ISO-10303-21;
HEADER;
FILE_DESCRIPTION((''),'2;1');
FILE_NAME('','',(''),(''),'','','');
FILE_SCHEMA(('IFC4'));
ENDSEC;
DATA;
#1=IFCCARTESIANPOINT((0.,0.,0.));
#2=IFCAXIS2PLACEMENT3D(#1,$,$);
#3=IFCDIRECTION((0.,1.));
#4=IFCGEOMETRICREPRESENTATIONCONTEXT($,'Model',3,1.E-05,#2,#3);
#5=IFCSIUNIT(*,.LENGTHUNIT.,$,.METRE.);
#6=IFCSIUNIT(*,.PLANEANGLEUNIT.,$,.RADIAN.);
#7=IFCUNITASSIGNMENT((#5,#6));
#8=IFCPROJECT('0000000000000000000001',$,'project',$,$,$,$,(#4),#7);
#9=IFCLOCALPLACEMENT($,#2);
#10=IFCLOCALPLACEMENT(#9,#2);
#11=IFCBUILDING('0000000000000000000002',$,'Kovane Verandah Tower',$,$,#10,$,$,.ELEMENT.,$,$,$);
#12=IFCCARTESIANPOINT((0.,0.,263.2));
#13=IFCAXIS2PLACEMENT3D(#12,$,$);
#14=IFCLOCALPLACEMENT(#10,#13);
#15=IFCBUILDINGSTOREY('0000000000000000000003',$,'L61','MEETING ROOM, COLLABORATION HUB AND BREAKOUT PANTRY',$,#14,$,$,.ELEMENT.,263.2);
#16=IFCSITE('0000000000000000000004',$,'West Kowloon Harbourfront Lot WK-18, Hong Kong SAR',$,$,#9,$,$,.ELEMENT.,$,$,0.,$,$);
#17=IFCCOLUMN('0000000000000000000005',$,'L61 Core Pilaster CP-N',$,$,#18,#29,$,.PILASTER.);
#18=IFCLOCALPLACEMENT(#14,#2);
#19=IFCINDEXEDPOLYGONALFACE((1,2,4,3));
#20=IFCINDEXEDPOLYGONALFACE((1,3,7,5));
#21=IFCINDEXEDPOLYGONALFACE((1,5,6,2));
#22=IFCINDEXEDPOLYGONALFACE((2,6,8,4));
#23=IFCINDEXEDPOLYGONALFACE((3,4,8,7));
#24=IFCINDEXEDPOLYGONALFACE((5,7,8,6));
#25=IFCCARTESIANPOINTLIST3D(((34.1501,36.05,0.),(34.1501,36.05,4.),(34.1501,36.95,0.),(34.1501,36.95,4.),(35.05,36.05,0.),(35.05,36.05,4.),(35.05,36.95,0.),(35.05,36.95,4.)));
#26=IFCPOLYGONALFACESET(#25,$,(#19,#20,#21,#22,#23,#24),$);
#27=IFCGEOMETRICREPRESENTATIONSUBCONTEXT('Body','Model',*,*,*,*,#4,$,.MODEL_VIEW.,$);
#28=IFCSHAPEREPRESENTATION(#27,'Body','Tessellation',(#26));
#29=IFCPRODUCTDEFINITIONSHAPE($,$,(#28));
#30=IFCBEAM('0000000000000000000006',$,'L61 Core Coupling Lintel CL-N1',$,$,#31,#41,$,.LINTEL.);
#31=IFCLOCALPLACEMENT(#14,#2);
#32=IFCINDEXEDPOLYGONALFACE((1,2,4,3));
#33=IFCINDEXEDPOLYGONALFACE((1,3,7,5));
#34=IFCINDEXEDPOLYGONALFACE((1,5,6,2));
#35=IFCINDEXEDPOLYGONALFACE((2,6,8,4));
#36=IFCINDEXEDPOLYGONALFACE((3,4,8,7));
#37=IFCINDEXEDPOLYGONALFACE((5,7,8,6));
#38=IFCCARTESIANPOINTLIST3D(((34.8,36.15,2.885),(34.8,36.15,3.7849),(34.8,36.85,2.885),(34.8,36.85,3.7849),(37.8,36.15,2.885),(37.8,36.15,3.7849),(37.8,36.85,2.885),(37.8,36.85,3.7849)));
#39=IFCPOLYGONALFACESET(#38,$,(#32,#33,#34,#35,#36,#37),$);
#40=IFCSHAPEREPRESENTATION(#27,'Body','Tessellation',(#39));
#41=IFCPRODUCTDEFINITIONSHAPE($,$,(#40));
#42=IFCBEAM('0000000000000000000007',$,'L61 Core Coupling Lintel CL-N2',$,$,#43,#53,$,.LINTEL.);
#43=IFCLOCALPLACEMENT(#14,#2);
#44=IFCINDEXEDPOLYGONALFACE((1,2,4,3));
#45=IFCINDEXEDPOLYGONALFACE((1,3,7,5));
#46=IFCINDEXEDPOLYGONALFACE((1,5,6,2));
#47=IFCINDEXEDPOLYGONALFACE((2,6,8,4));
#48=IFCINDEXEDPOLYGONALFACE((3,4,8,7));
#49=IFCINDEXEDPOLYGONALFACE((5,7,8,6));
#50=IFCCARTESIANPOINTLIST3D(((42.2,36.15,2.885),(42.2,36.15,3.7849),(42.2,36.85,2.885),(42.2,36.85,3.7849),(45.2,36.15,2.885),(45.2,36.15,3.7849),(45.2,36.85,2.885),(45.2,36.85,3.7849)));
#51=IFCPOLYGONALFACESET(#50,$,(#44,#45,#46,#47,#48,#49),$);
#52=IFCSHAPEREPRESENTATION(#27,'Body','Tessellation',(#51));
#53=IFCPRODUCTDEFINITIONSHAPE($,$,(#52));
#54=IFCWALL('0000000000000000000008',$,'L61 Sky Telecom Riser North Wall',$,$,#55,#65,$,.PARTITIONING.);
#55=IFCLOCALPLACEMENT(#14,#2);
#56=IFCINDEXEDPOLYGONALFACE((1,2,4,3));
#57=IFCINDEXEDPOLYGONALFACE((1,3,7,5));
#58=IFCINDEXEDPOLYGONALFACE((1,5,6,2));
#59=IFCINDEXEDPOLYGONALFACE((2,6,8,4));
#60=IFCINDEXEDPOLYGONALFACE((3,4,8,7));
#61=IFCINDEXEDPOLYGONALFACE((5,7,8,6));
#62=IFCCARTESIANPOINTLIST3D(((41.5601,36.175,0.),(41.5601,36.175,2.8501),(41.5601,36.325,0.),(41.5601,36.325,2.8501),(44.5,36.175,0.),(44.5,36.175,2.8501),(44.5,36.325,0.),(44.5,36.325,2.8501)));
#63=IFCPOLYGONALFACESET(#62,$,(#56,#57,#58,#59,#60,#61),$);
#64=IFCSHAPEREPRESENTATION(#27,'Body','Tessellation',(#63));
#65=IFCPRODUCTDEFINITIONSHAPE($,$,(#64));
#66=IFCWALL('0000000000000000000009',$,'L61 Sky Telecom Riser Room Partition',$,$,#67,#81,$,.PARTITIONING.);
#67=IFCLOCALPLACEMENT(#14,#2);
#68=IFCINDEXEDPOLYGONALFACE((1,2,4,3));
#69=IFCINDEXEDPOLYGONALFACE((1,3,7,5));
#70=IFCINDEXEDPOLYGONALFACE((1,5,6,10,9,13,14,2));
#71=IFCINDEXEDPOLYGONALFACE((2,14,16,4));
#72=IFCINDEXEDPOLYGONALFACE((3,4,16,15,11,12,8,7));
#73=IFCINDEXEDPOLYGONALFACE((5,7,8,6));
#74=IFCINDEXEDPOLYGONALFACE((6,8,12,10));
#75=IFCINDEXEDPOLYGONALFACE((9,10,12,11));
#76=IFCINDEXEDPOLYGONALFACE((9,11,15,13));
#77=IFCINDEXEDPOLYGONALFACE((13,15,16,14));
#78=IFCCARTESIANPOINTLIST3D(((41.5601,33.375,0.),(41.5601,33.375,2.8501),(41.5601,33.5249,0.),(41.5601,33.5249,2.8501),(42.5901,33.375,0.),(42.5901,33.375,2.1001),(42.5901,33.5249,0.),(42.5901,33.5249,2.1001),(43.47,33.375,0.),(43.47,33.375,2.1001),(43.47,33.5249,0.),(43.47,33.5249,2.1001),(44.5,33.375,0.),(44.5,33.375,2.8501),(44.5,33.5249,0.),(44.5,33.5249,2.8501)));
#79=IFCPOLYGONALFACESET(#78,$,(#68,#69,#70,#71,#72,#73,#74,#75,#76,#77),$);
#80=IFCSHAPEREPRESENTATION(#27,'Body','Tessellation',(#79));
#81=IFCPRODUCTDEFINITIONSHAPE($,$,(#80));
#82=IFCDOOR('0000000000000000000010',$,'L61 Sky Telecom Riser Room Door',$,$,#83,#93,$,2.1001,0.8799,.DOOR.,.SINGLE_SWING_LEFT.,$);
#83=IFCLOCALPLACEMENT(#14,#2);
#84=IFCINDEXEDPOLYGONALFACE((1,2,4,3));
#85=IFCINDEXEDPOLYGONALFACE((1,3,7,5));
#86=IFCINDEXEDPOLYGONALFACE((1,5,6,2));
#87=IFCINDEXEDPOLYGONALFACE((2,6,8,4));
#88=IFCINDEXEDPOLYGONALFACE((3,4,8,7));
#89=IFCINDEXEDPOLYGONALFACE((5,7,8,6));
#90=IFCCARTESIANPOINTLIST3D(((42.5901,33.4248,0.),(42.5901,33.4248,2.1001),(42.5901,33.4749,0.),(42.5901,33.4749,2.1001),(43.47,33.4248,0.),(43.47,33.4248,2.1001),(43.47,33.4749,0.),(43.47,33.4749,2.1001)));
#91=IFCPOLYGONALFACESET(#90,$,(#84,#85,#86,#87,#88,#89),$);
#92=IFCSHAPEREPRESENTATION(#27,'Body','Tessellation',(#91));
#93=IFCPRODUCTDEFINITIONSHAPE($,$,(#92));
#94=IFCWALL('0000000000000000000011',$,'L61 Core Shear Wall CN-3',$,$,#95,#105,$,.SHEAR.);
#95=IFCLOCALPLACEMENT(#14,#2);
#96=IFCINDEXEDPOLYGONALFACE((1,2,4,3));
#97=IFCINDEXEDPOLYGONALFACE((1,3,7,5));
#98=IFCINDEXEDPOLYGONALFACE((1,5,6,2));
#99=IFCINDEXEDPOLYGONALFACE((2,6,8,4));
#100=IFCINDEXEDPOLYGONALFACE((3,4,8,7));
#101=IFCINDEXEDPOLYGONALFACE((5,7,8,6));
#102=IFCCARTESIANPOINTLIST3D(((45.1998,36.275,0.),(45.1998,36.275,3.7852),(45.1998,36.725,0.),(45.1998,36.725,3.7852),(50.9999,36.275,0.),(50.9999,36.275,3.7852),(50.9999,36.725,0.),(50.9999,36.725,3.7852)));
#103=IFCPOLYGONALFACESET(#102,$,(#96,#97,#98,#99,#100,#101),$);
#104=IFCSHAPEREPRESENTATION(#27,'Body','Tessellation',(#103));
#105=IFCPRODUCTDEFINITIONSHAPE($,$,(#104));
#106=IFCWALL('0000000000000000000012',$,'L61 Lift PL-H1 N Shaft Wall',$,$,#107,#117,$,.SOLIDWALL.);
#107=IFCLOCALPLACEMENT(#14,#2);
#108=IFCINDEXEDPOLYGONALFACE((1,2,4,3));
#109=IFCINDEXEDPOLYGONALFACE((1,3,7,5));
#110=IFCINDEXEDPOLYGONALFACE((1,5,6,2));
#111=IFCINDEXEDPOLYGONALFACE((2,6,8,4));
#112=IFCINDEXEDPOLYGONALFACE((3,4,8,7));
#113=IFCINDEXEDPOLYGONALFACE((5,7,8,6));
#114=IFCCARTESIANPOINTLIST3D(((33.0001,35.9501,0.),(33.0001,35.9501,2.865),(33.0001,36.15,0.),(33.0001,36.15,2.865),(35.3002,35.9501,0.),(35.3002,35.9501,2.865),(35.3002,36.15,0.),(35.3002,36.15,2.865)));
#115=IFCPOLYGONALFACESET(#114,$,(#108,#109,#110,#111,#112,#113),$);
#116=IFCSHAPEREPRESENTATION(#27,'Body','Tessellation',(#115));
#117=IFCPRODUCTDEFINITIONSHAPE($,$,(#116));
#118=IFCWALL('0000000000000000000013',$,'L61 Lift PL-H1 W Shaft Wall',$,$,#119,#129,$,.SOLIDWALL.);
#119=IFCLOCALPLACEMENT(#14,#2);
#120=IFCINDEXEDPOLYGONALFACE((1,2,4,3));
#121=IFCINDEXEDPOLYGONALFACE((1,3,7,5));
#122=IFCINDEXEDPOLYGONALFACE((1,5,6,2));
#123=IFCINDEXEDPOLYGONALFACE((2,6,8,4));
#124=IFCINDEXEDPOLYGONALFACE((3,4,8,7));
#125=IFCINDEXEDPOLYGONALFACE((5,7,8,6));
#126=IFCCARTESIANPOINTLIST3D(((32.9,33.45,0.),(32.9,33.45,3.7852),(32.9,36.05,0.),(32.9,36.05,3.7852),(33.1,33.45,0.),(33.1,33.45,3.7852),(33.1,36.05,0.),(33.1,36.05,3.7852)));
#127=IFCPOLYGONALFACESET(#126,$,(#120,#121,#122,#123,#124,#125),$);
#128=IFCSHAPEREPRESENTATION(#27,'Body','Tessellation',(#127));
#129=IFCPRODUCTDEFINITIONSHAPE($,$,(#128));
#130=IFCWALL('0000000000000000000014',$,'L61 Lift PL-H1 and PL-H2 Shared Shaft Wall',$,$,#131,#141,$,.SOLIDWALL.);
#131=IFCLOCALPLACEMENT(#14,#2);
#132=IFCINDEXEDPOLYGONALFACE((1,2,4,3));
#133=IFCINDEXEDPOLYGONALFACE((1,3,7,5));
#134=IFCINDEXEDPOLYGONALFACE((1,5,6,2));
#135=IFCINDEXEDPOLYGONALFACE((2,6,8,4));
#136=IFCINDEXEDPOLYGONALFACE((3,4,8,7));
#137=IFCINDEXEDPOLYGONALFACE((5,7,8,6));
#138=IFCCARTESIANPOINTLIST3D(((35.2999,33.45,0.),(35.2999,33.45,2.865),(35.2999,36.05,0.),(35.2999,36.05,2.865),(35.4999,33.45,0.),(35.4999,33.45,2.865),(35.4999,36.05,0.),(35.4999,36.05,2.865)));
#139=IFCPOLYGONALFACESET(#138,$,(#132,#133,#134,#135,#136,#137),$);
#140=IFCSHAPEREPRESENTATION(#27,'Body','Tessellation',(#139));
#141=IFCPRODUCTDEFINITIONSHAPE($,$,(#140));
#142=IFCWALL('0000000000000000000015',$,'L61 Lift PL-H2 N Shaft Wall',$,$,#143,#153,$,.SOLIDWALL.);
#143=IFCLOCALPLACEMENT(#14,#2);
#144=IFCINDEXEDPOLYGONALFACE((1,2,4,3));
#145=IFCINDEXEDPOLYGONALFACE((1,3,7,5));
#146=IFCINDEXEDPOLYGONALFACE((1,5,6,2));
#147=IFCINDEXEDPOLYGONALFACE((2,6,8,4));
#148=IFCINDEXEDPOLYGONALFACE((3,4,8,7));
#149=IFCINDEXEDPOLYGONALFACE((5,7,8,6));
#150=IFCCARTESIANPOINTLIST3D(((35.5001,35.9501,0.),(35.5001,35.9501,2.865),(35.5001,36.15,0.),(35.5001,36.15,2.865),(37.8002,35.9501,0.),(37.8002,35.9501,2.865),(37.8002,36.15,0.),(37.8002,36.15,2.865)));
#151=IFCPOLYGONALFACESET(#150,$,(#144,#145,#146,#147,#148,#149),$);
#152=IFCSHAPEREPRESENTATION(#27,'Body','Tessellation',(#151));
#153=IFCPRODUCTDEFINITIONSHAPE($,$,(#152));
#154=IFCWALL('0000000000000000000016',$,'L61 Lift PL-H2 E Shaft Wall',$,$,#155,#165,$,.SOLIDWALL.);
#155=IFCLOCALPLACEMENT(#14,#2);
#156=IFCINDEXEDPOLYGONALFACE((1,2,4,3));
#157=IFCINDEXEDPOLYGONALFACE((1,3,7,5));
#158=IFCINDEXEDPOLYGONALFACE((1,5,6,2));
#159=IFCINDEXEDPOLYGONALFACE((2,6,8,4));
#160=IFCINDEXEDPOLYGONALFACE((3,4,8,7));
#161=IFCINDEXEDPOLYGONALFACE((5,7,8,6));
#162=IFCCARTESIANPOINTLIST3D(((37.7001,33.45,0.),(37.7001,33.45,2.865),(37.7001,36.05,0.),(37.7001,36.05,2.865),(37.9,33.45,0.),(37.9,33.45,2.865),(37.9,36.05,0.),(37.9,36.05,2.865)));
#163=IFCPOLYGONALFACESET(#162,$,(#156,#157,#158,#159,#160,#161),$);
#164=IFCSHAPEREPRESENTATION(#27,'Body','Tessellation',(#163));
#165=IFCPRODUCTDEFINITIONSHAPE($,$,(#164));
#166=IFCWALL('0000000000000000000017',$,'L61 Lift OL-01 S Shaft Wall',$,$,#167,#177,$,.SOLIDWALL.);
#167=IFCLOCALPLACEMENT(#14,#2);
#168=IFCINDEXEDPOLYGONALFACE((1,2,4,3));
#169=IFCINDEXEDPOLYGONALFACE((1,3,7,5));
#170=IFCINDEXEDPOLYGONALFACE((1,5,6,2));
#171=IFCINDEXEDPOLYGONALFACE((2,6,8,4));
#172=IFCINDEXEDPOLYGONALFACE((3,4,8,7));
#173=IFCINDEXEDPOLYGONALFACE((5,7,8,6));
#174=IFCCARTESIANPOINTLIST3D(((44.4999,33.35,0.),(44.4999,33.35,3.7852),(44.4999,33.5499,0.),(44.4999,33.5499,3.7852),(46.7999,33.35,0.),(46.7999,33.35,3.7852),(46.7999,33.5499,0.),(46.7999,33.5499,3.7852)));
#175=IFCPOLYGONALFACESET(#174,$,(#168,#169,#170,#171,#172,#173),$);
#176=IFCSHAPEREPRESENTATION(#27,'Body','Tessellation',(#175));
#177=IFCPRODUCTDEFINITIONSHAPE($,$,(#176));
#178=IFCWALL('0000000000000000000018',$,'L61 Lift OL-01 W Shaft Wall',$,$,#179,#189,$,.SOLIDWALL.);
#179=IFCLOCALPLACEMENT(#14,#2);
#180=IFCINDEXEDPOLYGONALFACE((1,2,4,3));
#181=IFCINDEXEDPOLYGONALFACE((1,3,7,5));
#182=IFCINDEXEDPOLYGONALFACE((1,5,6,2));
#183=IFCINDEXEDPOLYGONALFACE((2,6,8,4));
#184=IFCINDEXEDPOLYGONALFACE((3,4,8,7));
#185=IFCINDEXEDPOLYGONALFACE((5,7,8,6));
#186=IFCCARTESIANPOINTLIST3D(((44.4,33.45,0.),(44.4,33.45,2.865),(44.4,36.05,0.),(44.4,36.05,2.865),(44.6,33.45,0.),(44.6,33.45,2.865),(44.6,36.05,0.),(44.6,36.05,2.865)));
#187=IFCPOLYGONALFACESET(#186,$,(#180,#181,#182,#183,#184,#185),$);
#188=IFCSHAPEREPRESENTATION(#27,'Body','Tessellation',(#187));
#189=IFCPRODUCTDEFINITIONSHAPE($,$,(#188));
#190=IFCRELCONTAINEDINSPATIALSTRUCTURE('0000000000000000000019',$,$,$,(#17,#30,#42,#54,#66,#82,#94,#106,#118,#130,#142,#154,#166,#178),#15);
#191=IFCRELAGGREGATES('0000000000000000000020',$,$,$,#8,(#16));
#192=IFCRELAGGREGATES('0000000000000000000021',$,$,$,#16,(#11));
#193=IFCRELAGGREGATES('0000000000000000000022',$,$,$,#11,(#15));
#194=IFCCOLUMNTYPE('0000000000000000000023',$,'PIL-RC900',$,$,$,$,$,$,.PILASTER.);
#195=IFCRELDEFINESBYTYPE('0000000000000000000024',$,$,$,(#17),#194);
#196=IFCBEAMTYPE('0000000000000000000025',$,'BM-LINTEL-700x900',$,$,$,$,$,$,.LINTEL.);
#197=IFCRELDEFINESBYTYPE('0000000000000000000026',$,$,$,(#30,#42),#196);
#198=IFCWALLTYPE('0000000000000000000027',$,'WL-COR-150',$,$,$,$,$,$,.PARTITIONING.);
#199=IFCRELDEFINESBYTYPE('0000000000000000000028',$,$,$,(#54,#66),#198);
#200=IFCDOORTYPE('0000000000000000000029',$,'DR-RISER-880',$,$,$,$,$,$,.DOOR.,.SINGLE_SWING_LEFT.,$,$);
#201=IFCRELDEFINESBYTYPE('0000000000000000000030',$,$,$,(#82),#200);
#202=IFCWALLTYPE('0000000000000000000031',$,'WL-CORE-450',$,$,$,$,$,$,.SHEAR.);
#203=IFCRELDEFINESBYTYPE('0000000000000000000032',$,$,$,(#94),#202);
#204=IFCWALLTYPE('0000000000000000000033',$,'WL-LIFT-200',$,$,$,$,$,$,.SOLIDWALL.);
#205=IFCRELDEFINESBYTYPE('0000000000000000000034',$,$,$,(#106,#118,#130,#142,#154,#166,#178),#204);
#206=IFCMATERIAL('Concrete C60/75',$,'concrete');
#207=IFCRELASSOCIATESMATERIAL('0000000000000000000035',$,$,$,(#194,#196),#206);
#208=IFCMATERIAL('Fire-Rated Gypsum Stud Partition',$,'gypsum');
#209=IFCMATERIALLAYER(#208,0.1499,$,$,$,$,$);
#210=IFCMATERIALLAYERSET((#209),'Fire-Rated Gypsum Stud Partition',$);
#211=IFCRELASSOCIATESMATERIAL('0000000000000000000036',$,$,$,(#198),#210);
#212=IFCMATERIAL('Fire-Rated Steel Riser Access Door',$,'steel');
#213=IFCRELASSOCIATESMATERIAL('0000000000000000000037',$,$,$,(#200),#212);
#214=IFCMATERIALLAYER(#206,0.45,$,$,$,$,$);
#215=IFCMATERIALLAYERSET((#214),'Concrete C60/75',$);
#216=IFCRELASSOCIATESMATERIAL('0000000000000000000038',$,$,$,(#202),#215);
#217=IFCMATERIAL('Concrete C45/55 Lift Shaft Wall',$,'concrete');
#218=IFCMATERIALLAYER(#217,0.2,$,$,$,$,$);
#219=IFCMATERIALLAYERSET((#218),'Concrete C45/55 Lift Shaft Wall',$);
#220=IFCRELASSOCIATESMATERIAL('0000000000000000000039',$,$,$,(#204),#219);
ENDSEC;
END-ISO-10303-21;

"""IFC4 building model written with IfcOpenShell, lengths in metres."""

from ifc_helpers import new_model, si_unit, direction, frame, frame_2d, origin, origin_2d, place, context, subcontext, project, spatial, rectangle, extrude, material, layer, layer_set, material_profile, profile_set, type_object, element, fill, save


model = new_model("IFC4")

# Units and contexts
model_context = context("Model", 3, precision=1e-05, world=origin(), true_north=direction((0.0, 1.0)))
body_context = subcontext(model_context, "Body", "Model", "MODEL_VIEW")
ifc_project = project(units=[si_unit("LENGTHUNIT", "METRE"), si_unit("PLANEANGLEUNIT", "RADIAN")], contexts=[model_context])

# Site, building, storey
site_placement = place(None, origin())
site = spatial("IfcSite", under=ifc_project, at=site_placement, Name="West Kowloon Harbourfront Lot WK-18, Hong Kong SAR", CompositionType="ELEMENT", RefElevation=0.0)
building_placement = place(site_placement, origin())
building = spatial("IfcBuilding", under=site, at=building_placement, Name="Kovane Verandah Tower", CompositionType="ELEMENT")
storey_placement = place(building_placement, frame((0.0, 0.0, 263.2)))
storey = spatial("IfcBuildingStorey", under=building, at=storey_placement, Name="L61", Description="MEETING ROOM, COLLABORATION HUB AND BREAKOUT PANTRY", CompositionType="ELEMENT", Elevation=263.2)

# Column
ifc_material_1 = material(Name="Concrete C60/75", Category="concrete")
ifc_material_profile_1 = material_profile(ifc_material_1, rectangle(XDim=0.8999, YDim=0.8999, at=origin_2d()), Name="RC900x900")
ifc_profile_set_1 = profile_set([ifc_material_profile_1], Name="Concrete C60/75")
column_type = type_object("IfcColumnType", Name="PIL-RC900", PredefinedType="PILASTER", material=ifc_profile_set_1)
column_placement = place(storey_placement, frame((34.6001, 36.5, 0.0), z_axis=(0.0, 0.0, 1.0), x_axis=(1.0, 0.0, 0.0)))
element("IfcColumn", 1, at=column_placement, inside=storey, type_object=column_type, Name="L61 Core Pilaster CP-N", PredefinedType="PILASTER", context=body_context, shape_type="SweptSolid", body=[
    extrude(rectangle(XDim=0.8999, YDim=0.8999, at=origin_2d()), origin(), (0.0, 0.0, 1.0), 4.0),
])

# Beams
ifc_material_profile_2 = material_profile(ifc_material_1, rectangle(XDim=0.7, YDim=0.8999, at=origin_2d()), Name="RCB700x900")
ifc_profile_set_2 = profile_set([ifc_material_profile_2], Name="Concrete C60/75")
beam_type = type_object("IfcBeamType", Name="BM-LINTEL-700x900", PredefinedType="LINTEL", material=ifc_profile_set_2)
for number, where, z_axis, x_axis, name in (
    (2, (34.8, 36.5, 3.335), (1.0, 0.0, 0.0), (0.0, 1.0, 0.0), "L61 Core Coupling Lintel CL-N1"),
    (3, (42.2, 36.5, 3.335), (1.0, 0.0, 0.0), (0.0, 1.0, 0.0), "L61 Core Coupling Lintel CL-N2"),
):
    element("IfcBeam", number, at=place(storey_placement, frame(where, z_axis=z_axis, x_axis=x_axis)), inside=storey, type_object=beam_type, Name=name, PredefinedType="LINTEL", context=body_context, shape_type="SweptSolid", body=[
        extrude(rectangle(XDim=0.7, YDim=0.8999, at=origin_2d()), origin(), (0.0, 0.0, 1.0), 3.0),
    ])

# Wall
ifc_material_2 = material(Name="Fire-Rated Gypsum Stud Partition", Category="gypsum")
ifc_layer_1 = layer(ifc_material_2, 0.1499)
ifc_layer_set_1 = layer_set([ifc_layer_1], Name="Fire-Rated Gypsum Stud Partition")
wall_type_1 = type_object("IfcWallType", Name="WL-COR-150", PredefinedType="PARTITIONING", material=ifc_layer_set_1)
wall_1_placement = place(storey_placement, frame((41.5601, 36.25, 0.0), z_axis=(0.0, 0.0, 1.0), x_axis=(1.0, 0.0, 0.0)))
element("IfcWall", 4, at=wall_1_placement, inside=storey, type_object=wall_type_1, Name="L61 Sky Telecom Riser North Wall", PredefinedType="PARTITIONING", context=body_context, shape_type="SweptSolid", body=[
    extrude(rectangle(XDim=2.9399, YDim=0.1499, at=frame_2d((1.47, 0.0))), origin(), (0.0, 0.0, 1.0), 2.8501),
])

# Wall, opening, door
wall_2_placement = place(storey_placement, frame((41.5601, 33.45, 0.0), z_axis=(0.0, 0.0, 1.0), x_axis=(1.0, 0.0, 0.0)))
wall_2 = element("IfcWall", 5, at=wall_2_placement, inside=storey, type_object=wall_type_1, Name="L61 Sky Telecom Riser Room Partition", PredefinedType="PARTITIONING", context=body_context, shape_type="SweptSolid", body=[
    extrude(rectangle(XDim=2.9399, YDim=0.1499, at=frame_2d((1.47, 0.0))), origin(), (0.0, 0.0, 1.0), 2.8501),
])
opening_1_placement = place(wall_2_placement, frame((1.03, 0.0, 0.0)))
opening_1 = element("IfcOpeningElement", 6, at=opening_1_placement, cuts=wall_2, PredefinedType="OPENING", context=body_context, shape_type="SweptSolid", body=[
    extrude(rectangle(XDim=0.8799, YDim=2.1001, at=frame_2d((0.4399, 1.05))), frame((0.0, 0.075, 0.0), z_axis=(0.0, -1.0, 0.0), x_axis=(1.0, 0.0, 0.0)), (0.0, 0.0, 1.0), 0.1499),
])
ifc_material_3 = material(Name="Fire-Rated Steel Riser Access Door", Category="steel")
door_type_1 = type_object("IfcDoorType", Name="DR-RISER-880", OperationType="SINGLE_SWING_LEFT", PredefinedType="DOOR", material=ifc_material_3)
door_1_placement = place(opening_1_placement, origin())
door_1 = element("IfcDoor", 7, at=door_1_placement, inside=storey, type_object=door_type_1, Name="L61 Sky Telecom Riser Room Door", OperationType="SINGLE_SWING_LEFT", OverallHeight=2.1001, OverallWidth=0.8799, PredefinedType="DOOR", context=body_context, shape_type="SweptSolid", body=[
    extrude(rectangle(XDim=0.8799, YDim=2.1001, at=frame_2d((0.4399, 1.05))), frame((0.0, 0.0249, 0.0), z_axis=(0.0, -1.0, 0.0), x_axis=(1.0, 0.0, 0.0)), (0.0, 0.0, 1.0), 0.05),
])
fill(opening_1, door_1)
ifc_layer_2 = layer(ifc_material_1, 0.45)
ifc_layer_set_2 = layer_set([ifc_layer_2], Name="Concrete C60/75")
wall_type_2 = type_object("IfcWallType", Name="WL-CORE-450", PredefinedType="SHEAR", material=ifc_layer_set_2)

# Walls
wall_3_placement = place(storey_placement, frame((45.2, 36.5, 0.0), z_axis=(0.0, 0.0, 1.0), x_axis=(1.0, 0.0, 0.0)))
element("IfcWall", 8, at=wall_3_placement, inside=storey, type_object=wall_type_2, Name="L61 Core Shear Wall CN-3", PredefinedType="SHEAR", context=body_context, shape_type="SweptSolid", body=[
    extrude(rectangle(XDim=5.8, YDim=0.45, at=frame_2d((2.8999, 0.0))), origin(), (0.0, 0.0, 1.0), 3.7852),
])
ifc_material_4 = material(Name="Concrete C45/55 Lift Shaft Wall", Category="concrete")
ifc_layer_3 = layer(ifc_material_4, 0.2)
ifc_layer_set_3 = layer_set([ifc_layer_3], Name="Concrete C45/55 Lift Shaft Wall")
wall_type_3 = type_object("IfcWallType", Name="WL-LIFT-200", PredefinedType="SOLIDWALL", material=ifc_layer_set_3)
wall_4_placement = place(storey_placement, frame((35.3, 36.05, 0.0), z_axis=(0.0, 0.0, 1.0), x_axis=(-1.0, 0.0, 0.0)))
element("IfcWall", 9, at=wall_4_placement, inside=storey, type_object=wall_type_3, Name="L61 Lift PL-H1 N Shaft Wall", PredefinedType="SOLIDWALL", context=body_context, shape_type="SweptSolid", body=[
    extrude(rectangle(XDim=2.3, YDim=0.2, at=frame_2d((1.1499, 0.0))), origin(), (0.0, 0.0, 1.0), 2.865),
])
wall_5_placement = place(storey_placement, frame((33.0, 36.05, 0.0), z_axis=(0.0, 0.0, 1.0), x_axis=(0.0, -1.0, 0.0)))
element("IfcWall", 10, at=wall_5_placement, inside=storey, type_object=wall_type_3, Name="L61 Lift PL-H1 W Shaft Wall", PredefinedType="SOLIDWALL", context=body_context, shape_type="SweptSolid", body=[
    extrude(rectangle(XDim=2.6001, YDim=0.2, at=frame_2d((1.3, 0.0))), origin(), (0.0, 0.0, 1.0), 3.7852),
])
wall_6_placement = place(storey_placement, frame((35.3999, 33.45, 0.0), z_axis=(0.0, 0.0, 1.0), x_axis=(0.0, 1.0, 0.0)))
element("IfcWall", 11, at=wall_6_placement, inside=storey, type_object=wall_type_3, Name="L61 Lift PL-H1 and PL-H2 Shared Shaft Wall", PredefinedType="SOLIDWALL", context=body_context, shape_type="SweptSolid", body=[
    extrude(rectangle(XDim=2.6001, YDim=0.2, at=frame_2d((1.3, 0.0))), origin(), (0.0, 0.0, 1.0), 2.865),
])

# Walls
wall_7_placement = place(storey_placement, frame((37.8, 36.05, 0.0), z_axis=(0.0, 0.0, 1.0), x_axis=(-1.0, 0.0, 0.0)))
element("IfcWall", 12, at=wall_7_placement, inside=storey, type_object=wall_type_3, Name="L61 Lift PL-H2 N Shaft Wall", PredefinedType="SOLIDWALL", context=body_context, shape_type="SweptSolid", body=[
    extrude(rectangle(XDim=2.3, YDim=0.2, at=frame_2d((1.1499, 0.0))), origin(), (0.0, 0.0, 1.0), 2.865),
])
wall_8_placement = place(storey_placement, frame((37.8, 33.45, 0.0), z_axis=(0.0, 0.0, 1.0), x_axis=(0.0, 1.0, 0.0)))
element("IfcWall", 13, at=wall_8_placement, inside=storey, type_object=wall_type_3, Name="L61 Lift PL-H2 E Shaft Wall", PredefinedType="SOLIDWALL", context=body_context, shape_type="SweptSolid", body=[
    extrude(rectangle(XDim=2.6001, YDim=0.2, at=frame_2d((1.3, 0.0))), origin(), (0.0, 0.0, 1.0), 2.865),
])
wall_9_placement = place(storey_placement, frame((44.5, 33.45, 0.0), z_axis=(0.0, 0.0, 1.0), x_axis=(1.0, 0.0, 0.0)))
element("IfcWall", 14, at=wall_9_placement, inside=storey, type_object=wall_type_3, Name="L61 Lift OL-01 S Shaft Wall", PredefinedType="SOLIDWALL", context=body_context, shape_type="SweptSolid", body=[
    extrude(rectangle(XDim=2.3, YDim=0.2, at=frame_2d((1.1499, 0.0))), origin(), (0.0, 0.0, 1.0), 3.7852),
])
wall_10_placement = place(storey_placement, frame((44.5, 36.05, 0.0), z_axis=(0.0, 0.0, 1.0), x_axis=(0.0, -1.0, 0.0)))
element("IfcWall", 15, at=wall_10_placement, inside=storey, type_object=wall_type_3, Name="L61 Lift OL-01 W Shaft Wall", PredefinedType="SOLIDWALL", context=body_context, shape_type="SweptSolid", body=[
    extrude(rectangle(XDim=2.6001, YDim=0.2, at=frame_2d((1.3, 0.0))), origin(), (0.0, 0.0, 1.0), 2.865),
])

save(model, "model.ifc")
